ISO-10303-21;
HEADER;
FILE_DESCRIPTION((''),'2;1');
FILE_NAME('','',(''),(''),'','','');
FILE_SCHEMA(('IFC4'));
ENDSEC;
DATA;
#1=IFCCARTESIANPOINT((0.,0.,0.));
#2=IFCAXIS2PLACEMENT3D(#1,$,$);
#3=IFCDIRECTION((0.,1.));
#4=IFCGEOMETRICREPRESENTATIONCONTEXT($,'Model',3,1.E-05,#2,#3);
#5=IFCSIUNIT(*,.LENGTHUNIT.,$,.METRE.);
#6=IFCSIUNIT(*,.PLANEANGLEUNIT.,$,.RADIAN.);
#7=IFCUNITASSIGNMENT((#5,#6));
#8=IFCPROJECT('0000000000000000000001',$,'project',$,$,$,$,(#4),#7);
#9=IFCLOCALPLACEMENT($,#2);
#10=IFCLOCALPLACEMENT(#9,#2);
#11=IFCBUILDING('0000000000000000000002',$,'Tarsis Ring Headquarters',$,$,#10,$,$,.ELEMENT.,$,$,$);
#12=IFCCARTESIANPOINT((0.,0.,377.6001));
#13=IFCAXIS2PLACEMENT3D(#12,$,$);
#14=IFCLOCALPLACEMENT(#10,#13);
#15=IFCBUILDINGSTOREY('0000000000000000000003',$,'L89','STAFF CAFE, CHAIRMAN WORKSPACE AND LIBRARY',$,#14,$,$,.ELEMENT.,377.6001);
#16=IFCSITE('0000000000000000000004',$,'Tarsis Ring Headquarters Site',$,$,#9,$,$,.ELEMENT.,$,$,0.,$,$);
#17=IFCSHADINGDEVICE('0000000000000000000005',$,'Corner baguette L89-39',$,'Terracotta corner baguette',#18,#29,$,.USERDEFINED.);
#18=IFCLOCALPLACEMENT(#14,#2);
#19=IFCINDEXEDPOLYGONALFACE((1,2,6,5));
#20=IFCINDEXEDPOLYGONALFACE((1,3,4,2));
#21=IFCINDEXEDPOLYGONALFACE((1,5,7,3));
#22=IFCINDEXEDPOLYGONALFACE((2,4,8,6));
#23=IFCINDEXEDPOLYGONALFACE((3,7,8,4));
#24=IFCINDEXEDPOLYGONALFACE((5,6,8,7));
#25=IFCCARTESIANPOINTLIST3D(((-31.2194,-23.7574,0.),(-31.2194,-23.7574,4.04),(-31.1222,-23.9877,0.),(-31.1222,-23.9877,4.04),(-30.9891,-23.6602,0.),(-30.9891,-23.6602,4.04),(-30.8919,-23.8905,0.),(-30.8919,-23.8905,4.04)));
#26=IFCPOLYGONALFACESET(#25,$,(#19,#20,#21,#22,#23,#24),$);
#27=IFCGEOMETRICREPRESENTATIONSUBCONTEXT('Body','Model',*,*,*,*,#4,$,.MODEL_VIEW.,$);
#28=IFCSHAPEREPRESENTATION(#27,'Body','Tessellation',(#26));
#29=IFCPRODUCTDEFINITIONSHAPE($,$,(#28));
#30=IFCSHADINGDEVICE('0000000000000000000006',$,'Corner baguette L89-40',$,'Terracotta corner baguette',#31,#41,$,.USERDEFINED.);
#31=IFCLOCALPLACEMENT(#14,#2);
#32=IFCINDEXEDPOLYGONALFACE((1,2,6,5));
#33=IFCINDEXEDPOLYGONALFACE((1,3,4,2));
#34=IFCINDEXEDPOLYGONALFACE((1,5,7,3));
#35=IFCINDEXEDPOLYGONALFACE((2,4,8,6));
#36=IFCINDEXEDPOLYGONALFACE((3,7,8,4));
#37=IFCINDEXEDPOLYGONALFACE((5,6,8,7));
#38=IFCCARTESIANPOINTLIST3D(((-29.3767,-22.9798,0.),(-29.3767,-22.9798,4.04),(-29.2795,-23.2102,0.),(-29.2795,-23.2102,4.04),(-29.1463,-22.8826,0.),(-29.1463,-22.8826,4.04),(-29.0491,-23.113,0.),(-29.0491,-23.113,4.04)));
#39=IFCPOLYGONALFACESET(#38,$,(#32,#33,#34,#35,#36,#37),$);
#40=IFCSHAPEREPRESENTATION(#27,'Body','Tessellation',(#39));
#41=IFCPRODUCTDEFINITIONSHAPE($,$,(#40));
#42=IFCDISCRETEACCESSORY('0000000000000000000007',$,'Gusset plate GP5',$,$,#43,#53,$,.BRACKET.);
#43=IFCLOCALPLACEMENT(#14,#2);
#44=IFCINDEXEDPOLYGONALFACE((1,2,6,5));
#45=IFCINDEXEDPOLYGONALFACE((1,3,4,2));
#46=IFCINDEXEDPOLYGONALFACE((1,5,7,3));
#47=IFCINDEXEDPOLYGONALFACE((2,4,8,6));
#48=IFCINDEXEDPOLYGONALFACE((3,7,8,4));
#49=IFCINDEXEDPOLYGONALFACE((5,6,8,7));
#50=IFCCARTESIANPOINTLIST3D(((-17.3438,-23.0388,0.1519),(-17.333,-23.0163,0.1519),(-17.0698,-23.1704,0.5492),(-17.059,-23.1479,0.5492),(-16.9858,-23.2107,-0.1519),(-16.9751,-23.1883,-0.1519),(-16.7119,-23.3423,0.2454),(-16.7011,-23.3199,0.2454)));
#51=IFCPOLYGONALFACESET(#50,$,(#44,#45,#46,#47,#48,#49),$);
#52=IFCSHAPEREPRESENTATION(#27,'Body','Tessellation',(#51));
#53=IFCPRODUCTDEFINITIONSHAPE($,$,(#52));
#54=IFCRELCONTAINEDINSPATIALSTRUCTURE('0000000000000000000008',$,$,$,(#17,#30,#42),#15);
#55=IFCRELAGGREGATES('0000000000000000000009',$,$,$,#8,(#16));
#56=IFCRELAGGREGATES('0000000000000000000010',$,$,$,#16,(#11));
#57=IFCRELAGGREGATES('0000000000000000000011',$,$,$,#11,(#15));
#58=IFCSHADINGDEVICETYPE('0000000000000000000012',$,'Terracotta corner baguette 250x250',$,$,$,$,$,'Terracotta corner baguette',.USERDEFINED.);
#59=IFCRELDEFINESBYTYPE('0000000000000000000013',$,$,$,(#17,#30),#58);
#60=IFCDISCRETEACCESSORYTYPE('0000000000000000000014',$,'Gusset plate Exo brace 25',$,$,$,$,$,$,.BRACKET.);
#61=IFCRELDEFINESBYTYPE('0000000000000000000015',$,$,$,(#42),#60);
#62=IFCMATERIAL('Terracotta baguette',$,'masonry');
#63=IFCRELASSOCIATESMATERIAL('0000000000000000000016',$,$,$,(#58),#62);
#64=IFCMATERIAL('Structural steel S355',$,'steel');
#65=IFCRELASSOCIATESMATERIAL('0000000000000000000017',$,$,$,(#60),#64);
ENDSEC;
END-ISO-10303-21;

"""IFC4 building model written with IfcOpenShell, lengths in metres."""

from ifc_helpers import new_model, si_unit, direction, frame, origin, origin_2d, place, context, subcontext, project, spatial, rectangle, extrude, material, material_profile, profile_set, type_object, element, save


model = new_model("IFC4")

# Units and contexts
model_context = context("Model", 3, precision=1e-05, world=origin(), true_north=direction((0.0, 1.0)))
body_context = subcontext(model_context, "Body", "Model", "MODEL_VIEW")
ifc_project = project(units=[si_unit("LENGTHUNIT", "METRE"), si_unit("PLANEANGLEUNIT", "RADIAN")], contexts=[model_context])

# Site, building, storey
site_placement = place(None, origin())
site = spatial("IfcSite", under=ifc_project, at=site_placement, Name="Tarsis Ring Headquarters Site", CompositionType="ELEMENT", RefElevation=0.0)
building_placement = place(site_placement, origin())
building = spatial("IfcBuilding", under=site, at=building_placement, Name="Tarsis Ring Headquarters", CompositionType="ELEMENT")
storey_placement = place(building_placement, frame((0.0, 0.0, 377.6001)))
storey = spatial("IfcBuildingStorey", under=building, at=storey_placement, Name="L89", Description="STAFF CAFE, CHAIRMAN WORKSPACE AND LIBRARY", CompositionType="ELEMENT", Elevation=377.6001)

# Shared definitions
ifc_material_1 = material(Name="Structural steel S355", Category="steel")

# Shading devices
ifc_material_2 = material(Name="Terracotta baguette", Category="masonry")
shading_device_type_1 = type_object("IfcShadingDeviceType", Name="Terracotta corner baguette 250x250", ElementType="Terracotta corner baguette", PredefinedType="USERDEFINED", material=ifc_material_2)
for number, where, z_axis, x_axis, name in (
    (1, (-31.0557, -23.824, 0.0), (0.0, 0.0, 1.0), (0.388802, -0.921321, 0.0), "Corner baguette L89-39"),
    (2, (-29.2129, -23.0464, 0.0), (0.0, 0.0, 1.0), (0.921321, 0.388802, 0.0), "Corner baguette L89-40"),
):
    element("IfcShadingDevice", number, at=place(storey_placement, frame(where, z_axis=z_axis, x_axis=x_axis)), inside=storey, type_object=shading_device_type_1, Name=name, ObjectType="Terracotta corner baguette", PredefinedType="USERDEFINED", context=body_context, shape_type="SweptSolid", body=[
        extrude(rectangle(XDim=0.25, YDim=0.25, at=origin_2d()), origin(), (0.0, 0.0, 1.0), 4.04),
    ])

# Discrete accessory
ifc_material_profile_1 = material_profile(ifc_material_1, rectangle(XDim=0.0249, YDim=0.5, at=origin_2d()), Name="PL 25x500")
ifc_profile_set_1 = profile_set([ifc_material_profile_1], Name="Structural steel S355")
discrete_accessory_type = type_object("IfcDiscreteAccessoryType", Name="Gusset plate Exo brace 25", PredefinedType="BRACKET", material=ifc_profile_set_1)
discrete_accessory_placement = place(storey_placement, frame((-17.1594, -23.1135, 0.0), z_axis=(0.547706, -0.263114, 0.794222), x_axis=(0.433018, 0.901385, 0.0)))
element("IfcDiscreteAccessory", 3, at=discrete_accessory_placement, inside=storey, type_object=discrete_accessory_type, Name="Gusset plate GP5", PredefinedType="BRACKET", context=body_context, shape_type="SweptSolid", body=[
    extrude(rectangle(XDim=0.0249, YDim=0.5, at=origin_2d()), origin(), (0.0, 0.0, 1.0), 0.5002),
])

save(model, "model.ifc")
